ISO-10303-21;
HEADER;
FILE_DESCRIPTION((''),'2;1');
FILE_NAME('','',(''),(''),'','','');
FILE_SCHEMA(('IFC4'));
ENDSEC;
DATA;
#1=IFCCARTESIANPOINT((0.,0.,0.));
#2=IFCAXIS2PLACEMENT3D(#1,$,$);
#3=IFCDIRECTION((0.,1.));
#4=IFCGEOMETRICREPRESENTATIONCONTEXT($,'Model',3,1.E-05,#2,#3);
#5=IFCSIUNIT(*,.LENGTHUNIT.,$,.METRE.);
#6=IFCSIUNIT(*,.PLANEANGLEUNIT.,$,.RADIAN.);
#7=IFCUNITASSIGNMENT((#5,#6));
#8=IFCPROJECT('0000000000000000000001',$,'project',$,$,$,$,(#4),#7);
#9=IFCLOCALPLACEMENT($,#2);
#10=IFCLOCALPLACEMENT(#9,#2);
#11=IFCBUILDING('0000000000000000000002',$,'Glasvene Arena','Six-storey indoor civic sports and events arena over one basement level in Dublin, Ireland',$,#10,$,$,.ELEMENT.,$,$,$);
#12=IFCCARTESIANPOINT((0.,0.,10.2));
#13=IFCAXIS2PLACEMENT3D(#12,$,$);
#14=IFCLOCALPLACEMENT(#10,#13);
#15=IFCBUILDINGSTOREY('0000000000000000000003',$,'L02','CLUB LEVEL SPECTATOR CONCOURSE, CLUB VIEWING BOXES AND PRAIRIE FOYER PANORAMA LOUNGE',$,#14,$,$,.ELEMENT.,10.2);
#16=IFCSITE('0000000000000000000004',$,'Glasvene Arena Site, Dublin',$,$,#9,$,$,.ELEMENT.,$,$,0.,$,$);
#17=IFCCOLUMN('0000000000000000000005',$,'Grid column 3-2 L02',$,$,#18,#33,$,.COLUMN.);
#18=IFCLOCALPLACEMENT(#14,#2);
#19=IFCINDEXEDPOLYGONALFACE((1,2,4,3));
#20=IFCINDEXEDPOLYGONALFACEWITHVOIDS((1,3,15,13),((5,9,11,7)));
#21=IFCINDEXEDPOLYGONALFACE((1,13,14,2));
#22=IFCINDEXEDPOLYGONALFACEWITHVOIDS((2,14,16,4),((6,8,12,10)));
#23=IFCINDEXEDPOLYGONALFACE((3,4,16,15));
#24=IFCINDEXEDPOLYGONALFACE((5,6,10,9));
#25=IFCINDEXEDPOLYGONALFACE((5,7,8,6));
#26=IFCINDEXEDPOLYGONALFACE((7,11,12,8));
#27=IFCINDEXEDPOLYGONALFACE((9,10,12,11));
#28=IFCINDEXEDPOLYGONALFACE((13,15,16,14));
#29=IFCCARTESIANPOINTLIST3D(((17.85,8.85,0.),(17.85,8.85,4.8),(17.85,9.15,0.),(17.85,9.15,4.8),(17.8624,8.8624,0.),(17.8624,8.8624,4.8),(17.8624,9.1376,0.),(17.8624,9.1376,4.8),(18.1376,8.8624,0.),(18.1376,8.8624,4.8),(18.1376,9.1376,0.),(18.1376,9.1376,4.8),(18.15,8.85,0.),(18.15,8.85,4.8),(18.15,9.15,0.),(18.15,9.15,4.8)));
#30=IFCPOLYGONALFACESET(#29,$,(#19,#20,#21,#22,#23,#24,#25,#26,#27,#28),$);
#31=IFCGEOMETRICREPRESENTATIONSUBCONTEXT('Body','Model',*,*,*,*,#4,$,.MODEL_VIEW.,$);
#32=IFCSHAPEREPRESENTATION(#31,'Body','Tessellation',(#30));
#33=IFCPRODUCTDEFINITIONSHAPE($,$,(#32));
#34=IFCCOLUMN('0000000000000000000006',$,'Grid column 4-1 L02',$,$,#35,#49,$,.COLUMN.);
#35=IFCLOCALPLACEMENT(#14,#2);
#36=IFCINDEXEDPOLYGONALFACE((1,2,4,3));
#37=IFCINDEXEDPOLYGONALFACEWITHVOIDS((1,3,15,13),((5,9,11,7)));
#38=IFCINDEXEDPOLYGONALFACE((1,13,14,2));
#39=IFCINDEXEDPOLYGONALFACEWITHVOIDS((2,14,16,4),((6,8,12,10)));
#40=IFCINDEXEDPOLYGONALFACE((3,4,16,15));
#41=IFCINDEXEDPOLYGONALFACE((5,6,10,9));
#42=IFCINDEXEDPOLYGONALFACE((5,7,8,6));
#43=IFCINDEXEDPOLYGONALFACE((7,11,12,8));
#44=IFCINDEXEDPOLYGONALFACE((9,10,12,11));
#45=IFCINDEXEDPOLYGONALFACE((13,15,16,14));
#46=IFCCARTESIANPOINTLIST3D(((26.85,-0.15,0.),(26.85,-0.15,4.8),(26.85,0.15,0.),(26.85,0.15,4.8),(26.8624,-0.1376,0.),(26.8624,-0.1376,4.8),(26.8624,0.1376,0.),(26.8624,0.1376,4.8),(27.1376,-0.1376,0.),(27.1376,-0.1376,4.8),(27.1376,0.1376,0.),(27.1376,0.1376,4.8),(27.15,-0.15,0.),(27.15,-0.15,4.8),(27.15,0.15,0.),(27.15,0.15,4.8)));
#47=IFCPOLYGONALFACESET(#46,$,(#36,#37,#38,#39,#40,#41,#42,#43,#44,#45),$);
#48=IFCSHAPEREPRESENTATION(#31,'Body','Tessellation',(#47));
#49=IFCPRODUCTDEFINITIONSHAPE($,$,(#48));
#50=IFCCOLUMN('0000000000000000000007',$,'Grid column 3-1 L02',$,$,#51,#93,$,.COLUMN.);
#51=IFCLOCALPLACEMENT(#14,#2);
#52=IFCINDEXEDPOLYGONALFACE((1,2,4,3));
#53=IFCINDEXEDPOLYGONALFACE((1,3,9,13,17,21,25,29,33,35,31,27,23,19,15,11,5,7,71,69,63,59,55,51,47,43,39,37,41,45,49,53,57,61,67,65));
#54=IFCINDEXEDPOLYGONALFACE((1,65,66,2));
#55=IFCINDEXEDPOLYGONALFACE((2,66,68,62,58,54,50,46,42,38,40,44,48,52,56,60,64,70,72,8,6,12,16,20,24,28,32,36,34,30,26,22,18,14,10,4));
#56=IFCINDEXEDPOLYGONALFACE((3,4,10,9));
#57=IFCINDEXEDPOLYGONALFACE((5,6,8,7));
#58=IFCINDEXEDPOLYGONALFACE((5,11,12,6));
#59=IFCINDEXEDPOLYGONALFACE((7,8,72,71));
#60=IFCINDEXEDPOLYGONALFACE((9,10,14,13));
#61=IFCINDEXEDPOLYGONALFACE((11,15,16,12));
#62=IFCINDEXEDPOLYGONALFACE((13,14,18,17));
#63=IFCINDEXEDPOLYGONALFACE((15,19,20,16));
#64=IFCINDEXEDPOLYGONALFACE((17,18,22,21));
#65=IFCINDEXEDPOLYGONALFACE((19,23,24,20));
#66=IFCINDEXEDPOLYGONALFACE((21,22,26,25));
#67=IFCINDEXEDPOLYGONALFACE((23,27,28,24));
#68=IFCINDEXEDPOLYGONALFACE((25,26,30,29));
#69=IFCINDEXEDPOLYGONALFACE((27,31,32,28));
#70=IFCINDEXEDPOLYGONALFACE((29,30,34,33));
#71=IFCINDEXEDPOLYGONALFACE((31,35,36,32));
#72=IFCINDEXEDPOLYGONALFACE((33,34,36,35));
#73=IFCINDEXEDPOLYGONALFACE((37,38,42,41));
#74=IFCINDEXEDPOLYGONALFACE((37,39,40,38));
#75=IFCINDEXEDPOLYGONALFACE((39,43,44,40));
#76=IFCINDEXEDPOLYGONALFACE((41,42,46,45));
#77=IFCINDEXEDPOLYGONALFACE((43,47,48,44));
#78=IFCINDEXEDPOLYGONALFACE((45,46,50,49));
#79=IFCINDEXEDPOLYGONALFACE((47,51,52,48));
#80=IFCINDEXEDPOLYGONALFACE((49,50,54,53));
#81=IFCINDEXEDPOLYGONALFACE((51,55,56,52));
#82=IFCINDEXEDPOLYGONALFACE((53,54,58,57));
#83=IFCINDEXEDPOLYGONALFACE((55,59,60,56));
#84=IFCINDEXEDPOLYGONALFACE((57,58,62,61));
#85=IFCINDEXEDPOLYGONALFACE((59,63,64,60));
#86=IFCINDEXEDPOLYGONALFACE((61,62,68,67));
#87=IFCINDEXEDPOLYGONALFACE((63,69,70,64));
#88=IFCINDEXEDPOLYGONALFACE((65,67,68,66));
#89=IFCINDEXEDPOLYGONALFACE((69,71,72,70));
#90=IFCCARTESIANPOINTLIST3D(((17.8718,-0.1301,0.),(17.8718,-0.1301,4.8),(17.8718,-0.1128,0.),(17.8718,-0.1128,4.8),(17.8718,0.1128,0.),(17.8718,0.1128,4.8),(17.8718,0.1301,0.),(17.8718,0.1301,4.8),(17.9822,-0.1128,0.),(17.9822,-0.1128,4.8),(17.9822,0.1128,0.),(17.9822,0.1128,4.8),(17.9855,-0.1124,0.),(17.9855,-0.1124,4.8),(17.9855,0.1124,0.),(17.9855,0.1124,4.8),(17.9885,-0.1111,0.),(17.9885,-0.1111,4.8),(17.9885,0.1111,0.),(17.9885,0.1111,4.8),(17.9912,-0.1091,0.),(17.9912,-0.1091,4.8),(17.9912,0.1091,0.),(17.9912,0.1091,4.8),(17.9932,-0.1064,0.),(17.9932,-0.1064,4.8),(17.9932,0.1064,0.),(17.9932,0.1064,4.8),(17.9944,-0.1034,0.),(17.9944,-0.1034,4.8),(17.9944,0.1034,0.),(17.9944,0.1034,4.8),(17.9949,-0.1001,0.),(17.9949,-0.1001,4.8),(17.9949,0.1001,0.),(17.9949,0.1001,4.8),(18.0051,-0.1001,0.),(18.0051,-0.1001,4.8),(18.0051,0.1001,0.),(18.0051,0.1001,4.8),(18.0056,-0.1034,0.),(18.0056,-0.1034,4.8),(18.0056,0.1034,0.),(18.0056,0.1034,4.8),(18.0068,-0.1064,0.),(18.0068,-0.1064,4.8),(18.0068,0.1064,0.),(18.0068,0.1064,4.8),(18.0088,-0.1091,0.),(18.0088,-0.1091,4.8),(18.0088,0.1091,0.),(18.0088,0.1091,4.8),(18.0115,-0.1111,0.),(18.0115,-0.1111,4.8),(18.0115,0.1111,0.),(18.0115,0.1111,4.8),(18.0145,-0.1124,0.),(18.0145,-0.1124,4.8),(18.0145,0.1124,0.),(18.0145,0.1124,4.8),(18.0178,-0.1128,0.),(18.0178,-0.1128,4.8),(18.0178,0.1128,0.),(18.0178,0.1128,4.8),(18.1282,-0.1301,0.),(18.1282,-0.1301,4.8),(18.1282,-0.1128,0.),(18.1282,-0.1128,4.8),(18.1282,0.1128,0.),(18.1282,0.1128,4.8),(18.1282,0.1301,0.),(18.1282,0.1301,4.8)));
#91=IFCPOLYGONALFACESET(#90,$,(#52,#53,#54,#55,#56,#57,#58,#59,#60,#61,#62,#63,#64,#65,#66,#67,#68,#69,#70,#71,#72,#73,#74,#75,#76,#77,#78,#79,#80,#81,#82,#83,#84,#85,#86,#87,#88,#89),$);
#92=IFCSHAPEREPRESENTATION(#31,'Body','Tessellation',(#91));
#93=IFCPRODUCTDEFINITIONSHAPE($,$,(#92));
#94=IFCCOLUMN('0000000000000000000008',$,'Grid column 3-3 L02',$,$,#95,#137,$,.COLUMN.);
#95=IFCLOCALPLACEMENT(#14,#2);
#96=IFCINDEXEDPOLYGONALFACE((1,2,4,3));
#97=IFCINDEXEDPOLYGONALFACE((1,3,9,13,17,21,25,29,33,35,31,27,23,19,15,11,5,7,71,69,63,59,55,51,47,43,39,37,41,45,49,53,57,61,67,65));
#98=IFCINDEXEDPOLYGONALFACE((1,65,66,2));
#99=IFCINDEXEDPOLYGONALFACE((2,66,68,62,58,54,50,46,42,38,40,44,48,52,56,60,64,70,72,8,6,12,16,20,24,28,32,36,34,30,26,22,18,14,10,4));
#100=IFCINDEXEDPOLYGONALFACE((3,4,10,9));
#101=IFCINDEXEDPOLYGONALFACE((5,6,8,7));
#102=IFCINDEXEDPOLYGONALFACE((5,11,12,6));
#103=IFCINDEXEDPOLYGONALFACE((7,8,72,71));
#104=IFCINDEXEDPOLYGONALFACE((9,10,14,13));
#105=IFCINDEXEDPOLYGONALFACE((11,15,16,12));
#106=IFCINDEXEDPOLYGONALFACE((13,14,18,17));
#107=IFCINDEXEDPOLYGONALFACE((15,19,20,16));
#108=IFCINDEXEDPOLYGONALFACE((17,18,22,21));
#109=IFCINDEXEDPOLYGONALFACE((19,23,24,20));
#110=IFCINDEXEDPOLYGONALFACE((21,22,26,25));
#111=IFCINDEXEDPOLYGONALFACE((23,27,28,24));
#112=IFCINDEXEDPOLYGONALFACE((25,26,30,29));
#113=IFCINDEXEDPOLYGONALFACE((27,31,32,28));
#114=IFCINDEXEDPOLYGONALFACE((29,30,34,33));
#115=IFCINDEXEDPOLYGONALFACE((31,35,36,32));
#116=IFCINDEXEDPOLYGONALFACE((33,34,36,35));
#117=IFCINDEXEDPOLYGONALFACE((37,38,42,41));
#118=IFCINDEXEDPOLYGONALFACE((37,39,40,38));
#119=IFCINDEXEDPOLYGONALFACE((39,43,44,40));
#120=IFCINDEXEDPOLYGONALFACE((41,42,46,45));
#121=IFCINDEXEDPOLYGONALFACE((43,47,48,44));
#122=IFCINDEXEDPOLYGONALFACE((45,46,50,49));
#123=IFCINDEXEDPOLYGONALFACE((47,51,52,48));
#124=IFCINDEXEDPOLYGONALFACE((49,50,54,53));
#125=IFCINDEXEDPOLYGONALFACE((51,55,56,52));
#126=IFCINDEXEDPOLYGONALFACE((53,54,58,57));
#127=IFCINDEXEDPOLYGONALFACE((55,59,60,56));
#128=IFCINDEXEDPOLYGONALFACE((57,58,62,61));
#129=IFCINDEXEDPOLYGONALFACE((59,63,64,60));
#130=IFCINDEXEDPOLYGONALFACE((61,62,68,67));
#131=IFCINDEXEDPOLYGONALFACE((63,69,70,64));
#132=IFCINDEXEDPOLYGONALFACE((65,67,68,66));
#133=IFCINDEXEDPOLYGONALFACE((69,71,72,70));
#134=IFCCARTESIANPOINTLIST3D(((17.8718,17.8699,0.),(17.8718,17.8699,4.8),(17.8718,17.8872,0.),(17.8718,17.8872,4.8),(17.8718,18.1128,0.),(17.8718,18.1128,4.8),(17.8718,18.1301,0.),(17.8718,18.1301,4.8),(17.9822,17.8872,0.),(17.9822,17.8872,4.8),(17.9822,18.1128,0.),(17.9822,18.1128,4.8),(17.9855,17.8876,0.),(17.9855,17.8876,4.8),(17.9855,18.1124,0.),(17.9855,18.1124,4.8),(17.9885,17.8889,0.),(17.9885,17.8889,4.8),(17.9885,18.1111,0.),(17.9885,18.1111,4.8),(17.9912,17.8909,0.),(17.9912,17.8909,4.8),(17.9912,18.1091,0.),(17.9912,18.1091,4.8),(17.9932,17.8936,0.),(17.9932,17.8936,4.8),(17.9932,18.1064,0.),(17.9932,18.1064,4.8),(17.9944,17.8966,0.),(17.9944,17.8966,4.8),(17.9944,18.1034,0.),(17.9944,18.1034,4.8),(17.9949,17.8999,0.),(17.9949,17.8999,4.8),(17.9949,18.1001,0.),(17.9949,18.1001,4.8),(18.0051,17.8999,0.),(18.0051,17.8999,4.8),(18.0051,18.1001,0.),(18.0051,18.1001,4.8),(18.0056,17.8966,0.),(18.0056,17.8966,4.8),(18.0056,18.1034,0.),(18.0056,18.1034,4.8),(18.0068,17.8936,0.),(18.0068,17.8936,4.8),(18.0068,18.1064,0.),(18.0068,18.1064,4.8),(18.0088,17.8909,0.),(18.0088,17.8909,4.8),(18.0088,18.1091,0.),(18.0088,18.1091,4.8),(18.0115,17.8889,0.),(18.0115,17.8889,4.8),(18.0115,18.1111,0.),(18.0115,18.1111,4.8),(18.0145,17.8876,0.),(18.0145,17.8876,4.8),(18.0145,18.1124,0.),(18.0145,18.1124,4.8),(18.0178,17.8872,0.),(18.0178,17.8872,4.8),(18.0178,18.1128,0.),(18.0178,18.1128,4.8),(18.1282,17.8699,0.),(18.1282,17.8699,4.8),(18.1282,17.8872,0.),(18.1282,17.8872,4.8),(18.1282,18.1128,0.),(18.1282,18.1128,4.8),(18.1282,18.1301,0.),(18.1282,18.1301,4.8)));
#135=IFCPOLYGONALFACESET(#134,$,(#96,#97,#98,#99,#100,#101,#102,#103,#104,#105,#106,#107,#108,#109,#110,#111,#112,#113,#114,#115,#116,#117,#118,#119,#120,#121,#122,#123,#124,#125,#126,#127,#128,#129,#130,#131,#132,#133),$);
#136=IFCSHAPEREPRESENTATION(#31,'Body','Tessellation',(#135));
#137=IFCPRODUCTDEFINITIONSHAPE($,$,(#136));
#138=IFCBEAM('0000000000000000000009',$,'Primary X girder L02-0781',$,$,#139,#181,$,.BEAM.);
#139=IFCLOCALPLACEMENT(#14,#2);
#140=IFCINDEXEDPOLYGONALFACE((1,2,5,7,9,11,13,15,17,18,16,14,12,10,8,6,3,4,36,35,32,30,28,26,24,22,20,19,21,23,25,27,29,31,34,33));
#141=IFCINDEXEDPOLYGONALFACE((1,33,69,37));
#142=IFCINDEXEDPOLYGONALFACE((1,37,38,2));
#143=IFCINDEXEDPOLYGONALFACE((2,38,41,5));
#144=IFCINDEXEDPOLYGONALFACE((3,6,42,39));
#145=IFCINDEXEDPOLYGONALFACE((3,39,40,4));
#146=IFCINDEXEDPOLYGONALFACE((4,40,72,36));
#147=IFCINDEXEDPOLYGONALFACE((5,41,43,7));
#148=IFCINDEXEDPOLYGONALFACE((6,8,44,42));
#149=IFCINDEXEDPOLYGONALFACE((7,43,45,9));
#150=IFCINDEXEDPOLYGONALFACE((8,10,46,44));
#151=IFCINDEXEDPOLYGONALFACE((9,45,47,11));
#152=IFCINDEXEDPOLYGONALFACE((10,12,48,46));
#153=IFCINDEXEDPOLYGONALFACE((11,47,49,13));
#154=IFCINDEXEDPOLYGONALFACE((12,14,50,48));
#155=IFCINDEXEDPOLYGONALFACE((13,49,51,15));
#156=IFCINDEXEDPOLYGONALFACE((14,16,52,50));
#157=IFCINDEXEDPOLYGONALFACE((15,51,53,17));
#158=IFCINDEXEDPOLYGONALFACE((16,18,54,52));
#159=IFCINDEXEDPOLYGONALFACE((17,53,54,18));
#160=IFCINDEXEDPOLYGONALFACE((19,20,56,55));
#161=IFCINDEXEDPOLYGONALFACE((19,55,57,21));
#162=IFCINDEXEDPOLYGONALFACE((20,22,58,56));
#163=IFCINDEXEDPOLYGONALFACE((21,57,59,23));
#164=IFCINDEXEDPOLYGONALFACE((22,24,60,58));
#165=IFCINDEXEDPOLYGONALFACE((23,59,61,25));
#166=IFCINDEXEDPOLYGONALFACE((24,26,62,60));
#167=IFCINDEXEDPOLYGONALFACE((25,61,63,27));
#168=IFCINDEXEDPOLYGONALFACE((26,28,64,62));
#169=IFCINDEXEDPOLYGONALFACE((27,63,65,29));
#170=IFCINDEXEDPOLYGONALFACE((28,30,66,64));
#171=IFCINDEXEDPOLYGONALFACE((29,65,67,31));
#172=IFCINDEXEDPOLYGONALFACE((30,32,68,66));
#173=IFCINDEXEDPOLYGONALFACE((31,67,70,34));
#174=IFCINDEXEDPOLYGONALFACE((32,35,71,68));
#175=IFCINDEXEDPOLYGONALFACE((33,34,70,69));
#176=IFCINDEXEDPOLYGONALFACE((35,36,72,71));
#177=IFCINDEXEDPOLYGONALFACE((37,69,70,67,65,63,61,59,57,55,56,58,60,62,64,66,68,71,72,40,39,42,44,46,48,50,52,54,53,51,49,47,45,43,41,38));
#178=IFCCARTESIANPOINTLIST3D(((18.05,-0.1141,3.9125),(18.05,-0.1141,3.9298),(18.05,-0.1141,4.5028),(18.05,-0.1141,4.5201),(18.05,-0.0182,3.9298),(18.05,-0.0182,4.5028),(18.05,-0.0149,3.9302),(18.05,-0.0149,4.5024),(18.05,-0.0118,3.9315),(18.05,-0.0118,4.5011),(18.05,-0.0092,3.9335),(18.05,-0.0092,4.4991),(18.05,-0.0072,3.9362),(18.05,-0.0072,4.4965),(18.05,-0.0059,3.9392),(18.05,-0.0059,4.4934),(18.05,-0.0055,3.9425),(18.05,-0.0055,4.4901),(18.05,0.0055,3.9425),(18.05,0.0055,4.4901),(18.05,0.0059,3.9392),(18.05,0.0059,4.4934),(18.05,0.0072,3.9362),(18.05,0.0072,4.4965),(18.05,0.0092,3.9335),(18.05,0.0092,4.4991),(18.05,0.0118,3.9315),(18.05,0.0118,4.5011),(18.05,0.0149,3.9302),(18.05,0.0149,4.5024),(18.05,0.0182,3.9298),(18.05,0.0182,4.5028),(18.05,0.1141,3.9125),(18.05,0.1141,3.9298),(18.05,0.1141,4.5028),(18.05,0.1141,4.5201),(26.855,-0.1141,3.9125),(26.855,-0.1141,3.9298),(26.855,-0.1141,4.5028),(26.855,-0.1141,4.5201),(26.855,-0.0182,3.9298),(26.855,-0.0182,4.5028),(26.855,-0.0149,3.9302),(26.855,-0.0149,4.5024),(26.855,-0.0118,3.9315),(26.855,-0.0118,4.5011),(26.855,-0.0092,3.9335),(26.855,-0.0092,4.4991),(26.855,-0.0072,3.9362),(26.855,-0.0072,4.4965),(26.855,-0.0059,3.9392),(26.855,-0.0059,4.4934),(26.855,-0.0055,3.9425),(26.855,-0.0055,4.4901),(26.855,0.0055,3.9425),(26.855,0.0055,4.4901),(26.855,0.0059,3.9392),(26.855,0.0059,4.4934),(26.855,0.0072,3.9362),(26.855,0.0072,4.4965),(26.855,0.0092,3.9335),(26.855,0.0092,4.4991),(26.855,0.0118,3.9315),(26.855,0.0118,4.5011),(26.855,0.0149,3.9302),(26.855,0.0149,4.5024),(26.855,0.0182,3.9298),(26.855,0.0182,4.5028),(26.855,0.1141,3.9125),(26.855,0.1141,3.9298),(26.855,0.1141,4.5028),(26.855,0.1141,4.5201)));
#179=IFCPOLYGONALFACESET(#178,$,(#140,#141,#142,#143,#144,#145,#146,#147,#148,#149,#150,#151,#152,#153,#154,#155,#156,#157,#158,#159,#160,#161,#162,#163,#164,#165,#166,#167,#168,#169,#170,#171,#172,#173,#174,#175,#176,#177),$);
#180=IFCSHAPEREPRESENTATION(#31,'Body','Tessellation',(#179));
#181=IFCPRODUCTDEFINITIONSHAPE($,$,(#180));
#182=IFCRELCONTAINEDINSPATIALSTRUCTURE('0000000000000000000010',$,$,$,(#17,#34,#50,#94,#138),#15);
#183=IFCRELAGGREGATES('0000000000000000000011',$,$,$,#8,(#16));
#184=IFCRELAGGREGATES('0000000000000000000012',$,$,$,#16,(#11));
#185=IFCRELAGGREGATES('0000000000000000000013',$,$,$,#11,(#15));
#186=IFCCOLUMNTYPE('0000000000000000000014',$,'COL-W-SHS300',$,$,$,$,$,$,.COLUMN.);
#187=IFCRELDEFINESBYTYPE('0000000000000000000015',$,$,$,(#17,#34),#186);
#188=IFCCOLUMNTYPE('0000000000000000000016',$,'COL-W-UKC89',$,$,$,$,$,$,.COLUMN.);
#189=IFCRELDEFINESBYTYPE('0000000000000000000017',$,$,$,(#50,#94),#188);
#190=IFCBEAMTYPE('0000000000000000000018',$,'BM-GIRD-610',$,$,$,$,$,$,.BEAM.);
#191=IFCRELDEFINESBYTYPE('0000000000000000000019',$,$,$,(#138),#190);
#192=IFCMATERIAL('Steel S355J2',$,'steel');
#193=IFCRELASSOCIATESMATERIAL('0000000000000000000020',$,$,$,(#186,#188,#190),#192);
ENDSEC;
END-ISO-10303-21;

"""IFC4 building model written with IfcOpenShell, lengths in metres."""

from ifc_helpers import new_model, si_unit, direction, frame, origin, origin_2d, place, context, subcontext, project, spatial, hollow_rectangle, i_section, extrude, material, material_profile, profile_set, type_object, element, save


model = new_model("IFC4")

# Units and contexts
model_context = context("Model", 3, precision=1e-05, world=origin(), true_north=direction((0.0, 1.0)))
body_context = subcontext(model_context, "Body", "Model", "MODEL_VIEW")
ifc_project = project(units=[si_unit("LENGTHUNIT", "METRE"), si_unit("PLANEANGLEUNIT", "RADIAN")], contexts=[model_context])

# Site, building, storey
site_placement = place(None, origin())
site = spatial("IfcSite", under=ifc_project, at=site_placement, Name="Glasvene Arena Site, Dublin", CompositionType="ELEMENT", RefElevation=0.0)
building_placement = place(site_placement, origin())
building = spatial("IfcBuilding", under=site, at=building_placement, Name="Glasvene Arena", Description="Six-storey indoor civic sports and events arena over one basement level in Dublin, Ireland", CompositionType="ELEMENT")
storey_placement = place(building_placement, frame((0.0, 0.0, 10.2)))
storey = spatial("IfcBuildingStorey", under=building, at=storey_placement, Name="L02", Description="CLUB LEVEL SPECTATOR CONCOURSE, CLUB VIEWING BOXES AND PRAIRIE FOYER PANORAMA LOUNGE", CompositionType="ELEMENT", Elevation=10.2)

# Columns
ifc_material_1 = material(Name="Steel S355J2", Category="steel")
ifc_material_profile_1 = material_profile(ifc_material_1, hollow_rectangle(XDim=0.3, YDim=0.3, WallThickness=0.0125, at=origin_2d()), Name="SHS 300x300x12.5")
ifc_profile_set_1 = profile_set([ifc_material_profile_1], Name="Steel S355J2")
column_type_1 = type_object("IfcColumnType", Name="COL-W-SHS300", PredefinedType="COLUMN", material=ifc_profile_set_1)
for number, where, z_axis, x_axis, name in (
    (1, (18.0, 9.0, 0.0), (0.0, 0.0, 1.0), (1.0, 0.0, 0.0), "Grid column 3-2 L02"),
    (2, (27.0, 0.0, 0.0), (0.0, 0.0, 1.0), (1.0, 0.0, 0.0), "Grid column 4-1 L02"),
):
    element("IfcColumn", number, at=place(storey_placement, frame(where, z_axis=z_axis, x_axis=x_axis)), inside=storey, type_object=column_type_1, Name=name, PredefinedType="COLUMN", context=body_context, shape_type="SweptSolid", body=[
        extrude(hollow_rectangle(XDim=0.3, YDim=0.3, WallThickness=0.0125, at=origin_2d()), origin(), (0.0, 0.0, 1.0), 4.8),
    ])
ifc_material_profile_2 = material_profile(ifc_material_1, i_section(OverallWidth=0.2563, OverallDepth=0.2603, WebThickness=0.0103, FlangeThickness=0.0173, FilletRadius=0.0127, at=origin_2d()), Name="UKC 254x254x89")
ifc_profile_set_2 = profile_set([ifc_material_profile_2], Name="Steel S355J2")
column_type_2 = type_object("IfcColumnType", Name="COL-W-UKC89", PredefinedType="COLUMN", material=ifc_profile_set_2)
for number, where, z_axis, x_axis, name in (
    (3, (18.0, 0.0, 0.0), (0.0, 0.0, 1.0), (1.0, 0.0, 0.0), "Grid column 3-1 L02"),
    (4, (18.0, 18.0, 0.0), (0.0, 0.0, 1.0), (1.0, 0.0, 0.0), "Grid column 3-3 L02"),
):
    element("IfcColumn", number, at=place(storey_placement, frame(where, z_axis=z_axis, x_axis=x_axis)), inside=storey, type_object=column_type_2, Name=name, PredefinedType="COLUMN", context=body_context, shape_type="SweptSolid", body=[
        extrude(i_section(OverallWidth=0.2563, OverallDepth=0.2603, WebThickness=0.0103, FlangeThickness=0.0173, FilletRadius=0.0127, at=origin_2d()), origin(), (0.0, 0.0, 1.0), 4.8),
    ])

# Beam
ifc_material_profile_3 = material_profile(ifc_material_1, i_section(OverallWidth=0.2283, OverallDepth=0.6077, WebThickness=0.011, FlangeThickness=0.0173, FilletRadius=0.0127, at=origin_2d()), Name="UKB 610x229x113")
ifc_profile_set_3 = profile_set([ifc_material_profile_3], Name="Steel S355J2")
beam_type_1 = type_object("IfcBeamType", Name="BM-GIRD-610", PredefinedType="BEAM", material=ifc_profile_set_3)
for number, where, z_axis, x_axis, name in (
    (5, (18.05, 0.0, 4.2163), (1.0, 0.0, 0.0), (0.0, 1.0, 0.0), "Primary X girder L02-0781"),
):
    element("IfcBeam", number, at=place(storey_placement, frame(where, z_axis=z_axis, x_axis=x_axis)), inside=storey, type_object=beam_type_1, Name=name, PredefinedType="BEAM", context=body_context, shape_type="SweptSolid", body=[
        extrude(i_section(OverallWidth=0.2283, OverallDepth=0.6077, WebThickness=0.011, FlangeThickness=0.0173, FilletRadius=0.0127, at=origin_2d()), origin(), (0.0, 0.0, 1.0), 8.8049),
    ])

save(model, "model.ifc")
